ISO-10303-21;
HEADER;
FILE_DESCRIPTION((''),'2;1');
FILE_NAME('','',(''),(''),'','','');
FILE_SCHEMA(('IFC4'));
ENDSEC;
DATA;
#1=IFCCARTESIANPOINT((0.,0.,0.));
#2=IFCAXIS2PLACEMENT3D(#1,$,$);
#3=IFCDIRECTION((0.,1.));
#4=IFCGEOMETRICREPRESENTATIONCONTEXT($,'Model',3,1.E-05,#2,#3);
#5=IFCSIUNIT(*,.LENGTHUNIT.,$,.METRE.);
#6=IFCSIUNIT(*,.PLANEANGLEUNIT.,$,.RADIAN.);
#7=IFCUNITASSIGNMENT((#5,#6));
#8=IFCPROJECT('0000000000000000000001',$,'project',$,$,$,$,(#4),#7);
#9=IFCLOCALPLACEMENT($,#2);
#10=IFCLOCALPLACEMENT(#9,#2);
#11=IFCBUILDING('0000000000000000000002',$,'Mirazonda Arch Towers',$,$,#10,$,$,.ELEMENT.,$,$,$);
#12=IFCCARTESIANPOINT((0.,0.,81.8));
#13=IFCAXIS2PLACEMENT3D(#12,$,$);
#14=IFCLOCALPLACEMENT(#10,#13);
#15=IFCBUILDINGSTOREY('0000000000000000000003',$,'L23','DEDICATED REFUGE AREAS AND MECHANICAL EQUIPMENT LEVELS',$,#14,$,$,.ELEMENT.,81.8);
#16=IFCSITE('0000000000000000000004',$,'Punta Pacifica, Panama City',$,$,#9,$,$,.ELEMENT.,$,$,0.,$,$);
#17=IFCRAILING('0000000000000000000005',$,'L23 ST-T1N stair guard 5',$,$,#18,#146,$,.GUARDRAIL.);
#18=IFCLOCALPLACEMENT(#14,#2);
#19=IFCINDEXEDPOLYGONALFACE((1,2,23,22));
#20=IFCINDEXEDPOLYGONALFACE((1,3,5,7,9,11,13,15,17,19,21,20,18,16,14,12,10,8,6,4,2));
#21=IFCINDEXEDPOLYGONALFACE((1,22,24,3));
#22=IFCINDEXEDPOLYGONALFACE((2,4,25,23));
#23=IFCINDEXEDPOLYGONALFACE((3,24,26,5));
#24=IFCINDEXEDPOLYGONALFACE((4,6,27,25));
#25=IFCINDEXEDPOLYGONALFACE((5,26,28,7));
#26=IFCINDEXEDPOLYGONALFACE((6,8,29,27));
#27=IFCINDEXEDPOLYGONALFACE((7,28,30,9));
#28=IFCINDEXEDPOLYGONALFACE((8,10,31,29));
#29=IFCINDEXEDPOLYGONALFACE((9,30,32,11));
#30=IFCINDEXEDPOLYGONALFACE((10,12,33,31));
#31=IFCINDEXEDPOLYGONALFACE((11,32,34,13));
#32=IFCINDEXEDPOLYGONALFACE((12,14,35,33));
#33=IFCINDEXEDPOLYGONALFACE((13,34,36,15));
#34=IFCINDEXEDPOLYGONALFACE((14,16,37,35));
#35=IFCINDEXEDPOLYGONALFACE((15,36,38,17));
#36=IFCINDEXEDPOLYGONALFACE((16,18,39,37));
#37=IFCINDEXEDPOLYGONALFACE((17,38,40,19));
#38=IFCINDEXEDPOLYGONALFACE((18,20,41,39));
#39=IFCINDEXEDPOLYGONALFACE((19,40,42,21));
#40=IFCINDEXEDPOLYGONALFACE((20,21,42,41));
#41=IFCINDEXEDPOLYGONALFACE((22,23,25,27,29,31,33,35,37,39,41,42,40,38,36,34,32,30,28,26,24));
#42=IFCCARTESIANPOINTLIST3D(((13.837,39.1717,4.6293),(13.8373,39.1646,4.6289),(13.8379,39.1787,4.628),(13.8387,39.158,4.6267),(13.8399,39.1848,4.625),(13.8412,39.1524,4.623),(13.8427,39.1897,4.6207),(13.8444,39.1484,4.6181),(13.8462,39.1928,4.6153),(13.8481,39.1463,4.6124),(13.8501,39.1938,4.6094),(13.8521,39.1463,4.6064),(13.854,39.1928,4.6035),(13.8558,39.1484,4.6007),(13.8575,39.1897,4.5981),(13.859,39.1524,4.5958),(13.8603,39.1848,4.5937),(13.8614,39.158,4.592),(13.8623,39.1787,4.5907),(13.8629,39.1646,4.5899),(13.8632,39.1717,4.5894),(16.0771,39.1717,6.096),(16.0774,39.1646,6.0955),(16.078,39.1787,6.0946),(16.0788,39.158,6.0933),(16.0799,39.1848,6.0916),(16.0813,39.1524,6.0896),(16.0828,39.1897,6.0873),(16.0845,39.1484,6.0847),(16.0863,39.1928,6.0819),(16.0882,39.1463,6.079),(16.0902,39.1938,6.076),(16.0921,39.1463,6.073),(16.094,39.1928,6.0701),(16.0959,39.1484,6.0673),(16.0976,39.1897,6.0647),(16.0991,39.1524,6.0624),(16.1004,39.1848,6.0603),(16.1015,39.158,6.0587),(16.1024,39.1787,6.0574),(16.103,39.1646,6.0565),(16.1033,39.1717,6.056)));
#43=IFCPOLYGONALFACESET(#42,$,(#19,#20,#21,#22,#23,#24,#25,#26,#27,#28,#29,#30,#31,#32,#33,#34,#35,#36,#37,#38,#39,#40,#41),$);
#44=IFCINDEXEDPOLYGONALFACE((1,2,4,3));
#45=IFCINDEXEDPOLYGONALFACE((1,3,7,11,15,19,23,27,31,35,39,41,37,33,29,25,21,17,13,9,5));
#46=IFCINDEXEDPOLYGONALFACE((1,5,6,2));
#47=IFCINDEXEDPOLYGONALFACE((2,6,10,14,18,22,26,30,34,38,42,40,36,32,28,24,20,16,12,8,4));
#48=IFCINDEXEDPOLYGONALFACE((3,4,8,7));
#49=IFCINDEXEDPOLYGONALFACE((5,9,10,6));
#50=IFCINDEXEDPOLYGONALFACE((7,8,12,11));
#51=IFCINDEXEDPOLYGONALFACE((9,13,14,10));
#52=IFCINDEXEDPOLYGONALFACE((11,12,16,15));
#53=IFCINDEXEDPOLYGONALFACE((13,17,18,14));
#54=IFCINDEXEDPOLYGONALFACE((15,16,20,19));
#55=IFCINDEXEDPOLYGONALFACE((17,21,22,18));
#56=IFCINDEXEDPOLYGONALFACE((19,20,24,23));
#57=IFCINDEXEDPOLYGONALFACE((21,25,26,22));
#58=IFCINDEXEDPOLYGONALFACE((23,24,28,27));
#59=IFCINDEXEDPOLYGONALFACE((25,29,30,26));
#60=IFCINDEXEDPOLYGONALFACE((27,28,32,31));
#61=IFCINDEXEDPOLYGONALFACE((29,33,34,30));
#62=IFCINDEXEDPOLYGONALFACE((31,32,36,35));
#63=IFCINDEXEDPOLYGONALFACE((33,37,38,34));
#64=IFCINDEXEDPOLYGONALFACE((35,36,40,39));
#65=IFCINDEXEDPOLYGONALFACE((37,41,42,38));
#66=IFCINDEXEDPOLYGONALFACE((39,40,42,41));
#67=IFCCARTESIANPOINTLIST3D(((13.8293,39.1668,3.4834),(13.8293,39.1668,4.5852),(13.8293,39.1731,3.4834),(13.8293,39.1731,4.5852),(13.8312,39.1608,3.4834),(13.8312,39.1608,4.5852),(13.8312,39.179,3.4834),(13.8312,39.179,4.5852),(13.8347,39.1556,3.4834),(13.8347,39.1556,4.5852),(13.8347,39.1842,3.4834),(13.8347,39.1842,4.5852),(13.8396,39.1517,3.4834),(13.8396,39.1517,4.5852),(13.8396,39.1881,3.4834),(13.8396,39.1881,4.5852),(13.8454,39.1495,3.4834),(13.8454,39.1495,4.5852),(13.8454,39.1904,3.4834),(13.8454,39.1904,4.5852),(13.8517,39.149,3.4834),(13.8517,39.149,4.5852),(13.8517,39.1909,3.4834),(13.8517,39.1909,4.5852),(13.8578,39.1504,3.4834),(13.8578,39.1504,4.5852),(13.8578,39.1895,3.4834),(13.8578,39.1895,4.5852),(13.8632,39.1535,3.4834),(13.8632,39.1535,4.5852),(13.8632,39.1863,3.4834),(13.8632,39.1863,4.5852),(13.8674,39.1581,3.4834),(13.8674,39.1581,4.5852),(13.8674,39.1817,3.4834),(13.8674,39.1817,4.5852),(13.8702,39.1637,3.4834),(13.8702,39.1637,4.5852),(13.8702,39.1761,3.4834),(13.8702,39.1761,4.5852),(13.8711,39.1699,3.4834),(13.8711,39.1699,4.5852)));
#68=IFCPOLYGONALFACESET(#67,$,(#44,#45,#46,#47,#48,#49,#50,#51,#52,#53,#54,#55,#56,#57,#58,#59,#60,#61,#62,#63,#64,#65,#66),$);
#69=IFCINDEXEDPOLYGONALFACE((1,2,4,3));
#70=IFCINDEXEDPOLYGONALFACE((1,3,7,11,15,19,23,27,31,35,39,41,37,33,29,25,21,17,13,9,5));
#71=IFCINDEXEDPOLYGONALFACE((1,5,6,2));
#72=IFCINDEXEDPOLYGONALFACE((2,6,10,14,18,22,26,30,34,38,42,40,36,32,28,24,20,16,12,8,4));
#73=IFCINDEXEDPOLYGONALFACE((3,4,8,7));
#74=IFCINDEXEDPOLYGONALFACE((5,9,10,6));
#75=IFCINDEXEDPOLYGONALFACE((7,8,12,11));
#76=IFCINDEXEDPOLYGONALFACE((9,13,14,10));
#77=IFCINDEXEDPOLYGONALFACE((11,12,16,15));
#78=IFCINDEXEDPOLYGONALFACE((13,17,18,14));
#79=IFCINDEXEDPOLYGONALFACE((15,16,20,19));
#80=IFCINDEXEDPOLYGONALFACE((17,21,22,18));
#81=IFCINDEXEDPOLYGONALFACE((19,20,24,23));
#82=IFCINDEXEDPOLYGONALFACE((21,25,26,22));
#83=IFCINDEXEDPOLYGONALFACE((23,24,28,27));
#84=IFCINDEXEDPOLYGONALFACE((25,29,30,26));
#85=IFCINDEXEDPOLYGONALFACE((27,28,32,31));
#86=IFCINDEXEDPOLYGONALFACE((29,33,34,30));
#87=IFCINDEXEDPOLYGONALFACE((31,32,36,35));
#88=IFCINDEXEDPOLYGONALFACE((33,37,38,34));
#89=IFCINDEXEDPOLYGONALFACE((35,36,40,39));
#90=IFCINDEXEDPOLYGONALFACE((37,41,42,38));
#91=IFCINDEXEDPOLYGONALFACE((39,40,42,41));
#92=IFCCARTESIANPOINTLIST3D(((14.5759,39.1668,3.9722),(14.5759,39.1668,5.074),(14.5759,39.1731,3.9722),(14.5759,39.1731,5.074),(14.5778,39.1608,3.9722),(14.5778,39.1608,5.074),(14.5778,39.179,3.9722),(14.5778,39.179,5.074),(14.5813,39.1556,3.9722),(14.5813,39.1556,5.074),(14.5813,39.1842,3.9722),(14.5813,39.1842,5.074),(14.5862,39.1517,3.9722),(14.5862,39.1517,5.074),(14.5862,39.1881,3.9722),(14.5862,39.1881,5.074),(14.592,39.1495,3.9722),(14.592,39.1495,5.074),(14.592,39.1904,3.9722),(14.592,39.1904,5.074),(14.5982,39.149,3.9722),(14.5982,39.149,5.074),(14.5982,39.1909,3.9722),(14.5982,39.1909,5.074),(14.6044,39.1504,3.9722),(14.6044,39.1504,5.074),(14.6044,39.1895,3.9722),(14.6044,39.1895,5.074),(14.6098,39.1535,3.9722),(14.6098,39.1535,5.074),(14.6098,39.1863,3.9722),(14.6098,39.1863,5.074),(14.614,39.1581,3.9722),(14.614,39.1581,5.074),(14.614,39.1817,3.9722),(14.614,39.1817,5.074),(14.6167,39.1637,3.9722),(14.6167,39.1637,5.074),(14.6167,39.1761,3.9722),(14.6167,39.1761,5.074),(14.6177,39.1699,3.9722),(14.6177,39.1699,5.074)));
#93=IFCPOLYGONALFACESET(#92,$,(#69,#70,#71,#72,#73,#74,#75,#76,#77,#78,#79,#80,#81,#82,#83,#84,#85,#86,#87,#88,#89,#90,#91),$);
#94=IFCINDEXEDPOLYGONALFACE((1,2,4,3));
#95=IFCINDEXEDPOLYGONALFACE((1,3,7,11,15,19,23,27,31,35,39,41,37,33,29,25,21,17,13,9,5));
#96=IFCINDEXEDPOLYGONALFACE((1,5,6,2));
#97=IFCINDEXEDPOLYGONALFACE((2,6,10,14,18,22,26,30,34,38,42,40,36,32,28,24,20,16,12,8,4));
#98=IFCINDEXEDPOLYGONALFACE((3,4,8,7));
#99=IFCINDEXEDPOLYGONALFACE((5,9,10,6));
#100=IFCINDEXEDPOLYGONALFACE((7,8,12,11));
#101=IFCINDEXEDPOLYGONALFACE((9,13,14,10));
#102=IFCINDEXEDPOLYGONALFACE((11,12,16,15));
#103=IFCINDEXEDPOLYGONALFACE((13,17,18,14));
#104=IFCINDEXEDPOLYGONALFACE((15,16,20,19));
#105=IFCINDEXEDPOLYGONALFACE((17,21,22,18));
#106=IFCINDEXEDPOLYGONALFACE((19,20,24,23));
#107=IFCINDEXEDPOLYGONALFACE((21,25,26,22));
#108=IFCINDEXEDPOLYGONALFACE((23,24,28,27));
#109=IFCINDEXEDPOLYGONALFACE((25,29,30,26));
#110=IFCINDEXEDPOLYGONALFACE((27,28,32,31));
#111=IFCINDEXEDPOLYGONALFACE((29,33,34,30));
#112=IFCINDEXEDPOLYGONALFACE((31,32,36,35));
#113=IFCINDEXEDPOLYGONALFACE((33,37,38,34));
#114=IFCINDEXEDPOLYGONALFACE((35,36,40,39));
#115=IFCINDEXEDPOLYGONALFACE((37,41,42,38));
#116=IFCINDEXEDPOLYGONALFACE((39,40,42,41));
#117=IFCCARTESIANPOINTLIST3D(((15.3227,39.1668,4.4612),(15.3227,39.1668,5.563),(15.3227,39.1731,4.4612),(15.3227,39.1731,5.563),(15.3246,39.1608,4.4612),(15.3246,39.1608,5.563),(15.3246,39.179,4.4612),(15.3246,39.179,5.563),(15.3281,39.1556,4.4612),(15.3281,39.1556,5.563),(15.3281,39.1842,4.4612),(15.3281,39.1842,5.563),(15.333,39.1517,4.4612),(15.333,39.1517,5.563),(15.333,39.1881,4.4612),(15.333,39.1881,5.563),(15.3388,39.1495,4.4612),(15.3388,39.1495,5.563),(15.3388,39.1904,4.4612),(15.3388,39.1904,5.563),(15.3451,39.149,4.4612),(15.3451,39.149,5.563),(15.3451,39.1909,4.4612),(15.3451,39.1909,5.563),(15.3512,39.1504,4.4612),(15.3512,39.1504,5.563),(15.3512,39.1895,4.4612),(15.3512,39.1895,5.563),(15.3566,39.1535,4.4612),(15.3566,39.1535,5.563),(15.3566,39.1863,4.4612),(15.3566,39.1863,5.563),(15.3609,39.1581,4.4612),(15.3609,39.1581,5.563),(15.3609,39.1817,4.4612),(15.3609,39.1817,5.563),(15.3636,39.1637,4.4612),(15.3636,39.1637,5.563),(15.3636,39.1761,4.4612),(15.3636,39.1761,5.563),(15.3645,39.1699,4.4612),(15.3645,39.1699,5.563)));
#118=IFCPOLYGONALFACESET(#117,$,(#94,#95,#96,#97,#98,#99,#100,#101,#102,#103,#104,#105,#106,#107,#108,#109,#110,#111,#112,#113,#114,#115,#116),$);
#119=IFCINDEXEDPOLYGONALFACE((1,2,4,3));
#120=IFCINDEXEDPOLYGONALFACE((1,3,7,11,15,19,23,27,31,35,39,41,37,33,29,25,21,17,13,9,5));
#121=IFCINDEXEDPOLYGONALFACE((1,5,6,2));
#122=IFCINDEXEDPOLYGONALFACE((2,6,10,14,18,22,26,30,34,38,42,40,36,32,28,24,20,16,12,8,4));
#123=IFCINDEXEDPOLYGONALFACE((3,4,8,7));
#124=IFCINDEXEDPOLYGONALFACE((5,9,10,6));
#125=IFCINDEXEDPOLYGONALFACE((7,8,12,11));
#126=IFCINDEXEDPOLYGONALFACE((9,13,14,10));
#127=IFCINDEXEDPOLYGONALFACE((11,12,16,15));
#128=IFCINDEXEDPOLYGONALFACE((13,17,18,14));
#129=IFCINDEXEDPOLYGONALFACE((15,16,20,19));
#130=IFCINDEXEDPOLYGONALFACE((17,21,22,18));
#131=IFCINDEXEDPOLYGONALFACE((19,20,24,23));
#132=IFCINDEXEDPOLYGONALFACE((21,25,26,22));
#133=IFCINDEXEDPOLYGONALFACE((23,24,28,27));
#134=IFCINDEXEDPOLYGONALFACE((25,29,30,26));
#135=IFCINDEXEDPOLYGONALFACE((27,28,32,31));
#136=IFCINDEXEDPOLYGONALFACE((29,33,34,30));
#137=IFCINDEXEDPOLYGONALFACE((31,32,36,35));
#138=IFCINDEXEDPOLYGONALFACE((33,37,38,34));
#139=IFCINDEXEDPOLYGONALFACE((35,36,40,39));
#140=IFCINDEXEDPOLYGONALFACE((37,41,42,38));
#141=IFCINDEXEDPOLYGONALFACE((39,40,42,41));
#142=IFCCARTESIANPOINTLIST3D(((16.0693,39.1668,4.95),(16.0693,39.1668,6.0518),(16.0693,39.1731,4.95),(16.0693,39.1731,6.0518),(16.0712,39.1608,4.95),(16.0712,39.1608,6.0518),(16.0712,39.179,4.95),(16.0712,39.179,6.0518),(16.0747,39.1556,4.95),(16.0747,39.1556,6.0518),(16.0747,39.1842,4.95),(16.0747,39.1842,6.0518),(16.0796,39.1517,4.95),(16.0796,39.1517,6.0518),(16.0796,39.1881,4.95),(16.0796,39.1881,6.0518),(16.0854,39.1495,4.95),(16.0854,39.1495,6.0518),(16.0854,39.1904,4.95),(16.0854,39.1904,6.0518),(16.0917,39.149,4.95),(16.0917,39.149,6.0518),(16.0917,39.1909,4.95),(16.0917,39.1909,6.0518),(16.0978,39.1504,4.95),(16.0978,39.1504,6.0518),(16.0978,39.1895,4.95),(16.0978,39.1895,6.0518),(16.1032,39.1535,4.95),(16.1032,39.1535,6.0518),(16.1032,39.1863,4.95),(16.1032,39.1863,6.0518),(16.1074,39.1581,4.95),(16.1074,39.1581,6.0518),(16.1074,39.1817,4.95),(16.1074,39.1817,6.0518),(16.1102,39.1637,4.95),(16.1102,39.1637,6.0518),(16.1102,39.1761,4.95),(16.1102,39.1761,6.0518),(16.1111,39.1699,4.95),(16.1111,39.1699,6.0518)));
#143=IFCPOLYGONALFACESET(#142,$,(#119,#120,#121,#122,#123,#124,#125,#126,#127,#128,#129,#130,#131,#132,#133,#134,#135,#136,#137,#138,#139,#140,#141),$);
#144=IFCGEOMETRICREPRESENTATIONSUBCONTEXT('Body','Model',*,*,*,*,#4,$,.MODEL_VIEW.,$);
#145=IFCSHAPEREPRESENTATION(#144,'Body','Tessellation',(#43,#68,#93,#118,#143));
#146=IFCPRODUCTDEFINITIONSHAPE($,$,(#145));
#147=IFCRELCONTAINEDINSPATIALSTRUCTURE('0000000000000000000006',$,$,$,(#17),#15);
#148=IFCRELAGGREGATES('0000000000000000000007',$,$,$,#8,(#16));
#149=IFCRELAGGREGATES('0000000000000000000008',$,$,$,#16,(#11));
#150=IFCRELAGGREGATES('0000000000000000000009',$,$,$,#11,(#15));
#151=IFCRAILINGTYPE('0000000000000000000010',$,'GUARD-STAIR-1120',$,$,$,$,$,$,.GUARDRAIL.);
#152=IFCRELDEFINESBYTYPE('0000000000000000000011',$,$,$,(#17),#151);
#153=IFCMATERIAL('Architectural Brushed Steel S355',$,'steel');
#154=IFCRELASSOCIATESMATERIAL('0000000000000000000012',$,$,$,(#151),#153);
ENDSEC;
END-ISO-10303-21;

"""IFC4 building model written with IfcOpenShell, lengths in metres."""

from ifc_helpers import new_model, si_unit, direction, frame, origin, origin_2d, place, context, subcontext, project, spatial, circle, extrude, material, type_object, element, save


model = new_model("IFC4")

# Units and contexts
model_context = context("Model", 3, precision=1e-05, world=origin(), true_north=direction((0.0, 1.0)))
body_context = subcontext(model_context, "Body", "Model", "MODEL_VIEW")
ifc_project = project(units=[si_unit("LENGTHUNIT", "METRE"), si_unit("PLANEANGLEUNIT", "RADIAN")], contexts=[model_context])

# Site, building, storey
site_placement = place(None, origin())
site = spatial("IfcSite", under=ifc_project, at=site_placement, Name="Punta Pacifica, Panama City", CompositionType="ELEMENT", RefElevation=0.0)
building_placement = place(site_placement, origin())
building = spatial("IfcBuilding", under=site, at=building_placement, Name="Mirazonda Arch Towers", CompositionType="ELEMENT")
storey_placement = place(building_placement, frame((0.0, 0.0, 81.8)))
storey = spatial("IfcBuildingStorey", under=building, at=storey_placement, Name="L23", Description="DEDICATED REFUGE AREAS AND MECHANICAL EQUIPMENT LEVELS", CompositionType="ELEMENT", Elevation=81.8)

# Railing
ifc_material_1 = material(Name="Architectural Brushed Steel S355", Category="steel")
railing_type_1 = type_object("IfcRailingType", Name="GUARD-STAIR-1120", PredefinedType="GUARDRAIL", material=ifc_material_1)
railing_1_placement = place(storey_placement, frame((13.8501, 39.1699, 3.4834)))
element("IfcRailing", 1, at=railing_1_placement, inside=storey, type_object=railing_type_1, Name="L23 ST-T1N stair guard 5", PredefinedType="GUARDRAIL", context=body_context, shape_type="SweptSolid", body=[
    extrude(circle(Radius=0.0239, at=origin_2d()), frame((0.0, 0.0, 1.126), z_axis=(0.836637, 0.0, 0.547758), x_axis=(0.0, 1.0, 0.0)), (0.0, 0.0, 1.0), 2.6775),
    extrude(circle(Radius=0.021, at=origin_2d()), origin(), (0.0, 0.0, 1.0), 1.1018),
    extrude(circle(Radius=0.021, at=origin_2d()), frame((0.7466, 0.0, 0.4888)), (0.0, 0.0, 1.0), 1.1018),
    extrude(circle(Radius=0.021, at=origin_2d()), frame((1.4934, 0.0, 0.9778)), (0.0, 0.0, 1.0), 1.1018),
    extrude(circle(Radius=0.021, at=origin_2d()), frame((2.24, 0.0, 1.4666)), (0.0, 0.0, 1.0), 1.1018),
])

save(model, "model.ifc")
